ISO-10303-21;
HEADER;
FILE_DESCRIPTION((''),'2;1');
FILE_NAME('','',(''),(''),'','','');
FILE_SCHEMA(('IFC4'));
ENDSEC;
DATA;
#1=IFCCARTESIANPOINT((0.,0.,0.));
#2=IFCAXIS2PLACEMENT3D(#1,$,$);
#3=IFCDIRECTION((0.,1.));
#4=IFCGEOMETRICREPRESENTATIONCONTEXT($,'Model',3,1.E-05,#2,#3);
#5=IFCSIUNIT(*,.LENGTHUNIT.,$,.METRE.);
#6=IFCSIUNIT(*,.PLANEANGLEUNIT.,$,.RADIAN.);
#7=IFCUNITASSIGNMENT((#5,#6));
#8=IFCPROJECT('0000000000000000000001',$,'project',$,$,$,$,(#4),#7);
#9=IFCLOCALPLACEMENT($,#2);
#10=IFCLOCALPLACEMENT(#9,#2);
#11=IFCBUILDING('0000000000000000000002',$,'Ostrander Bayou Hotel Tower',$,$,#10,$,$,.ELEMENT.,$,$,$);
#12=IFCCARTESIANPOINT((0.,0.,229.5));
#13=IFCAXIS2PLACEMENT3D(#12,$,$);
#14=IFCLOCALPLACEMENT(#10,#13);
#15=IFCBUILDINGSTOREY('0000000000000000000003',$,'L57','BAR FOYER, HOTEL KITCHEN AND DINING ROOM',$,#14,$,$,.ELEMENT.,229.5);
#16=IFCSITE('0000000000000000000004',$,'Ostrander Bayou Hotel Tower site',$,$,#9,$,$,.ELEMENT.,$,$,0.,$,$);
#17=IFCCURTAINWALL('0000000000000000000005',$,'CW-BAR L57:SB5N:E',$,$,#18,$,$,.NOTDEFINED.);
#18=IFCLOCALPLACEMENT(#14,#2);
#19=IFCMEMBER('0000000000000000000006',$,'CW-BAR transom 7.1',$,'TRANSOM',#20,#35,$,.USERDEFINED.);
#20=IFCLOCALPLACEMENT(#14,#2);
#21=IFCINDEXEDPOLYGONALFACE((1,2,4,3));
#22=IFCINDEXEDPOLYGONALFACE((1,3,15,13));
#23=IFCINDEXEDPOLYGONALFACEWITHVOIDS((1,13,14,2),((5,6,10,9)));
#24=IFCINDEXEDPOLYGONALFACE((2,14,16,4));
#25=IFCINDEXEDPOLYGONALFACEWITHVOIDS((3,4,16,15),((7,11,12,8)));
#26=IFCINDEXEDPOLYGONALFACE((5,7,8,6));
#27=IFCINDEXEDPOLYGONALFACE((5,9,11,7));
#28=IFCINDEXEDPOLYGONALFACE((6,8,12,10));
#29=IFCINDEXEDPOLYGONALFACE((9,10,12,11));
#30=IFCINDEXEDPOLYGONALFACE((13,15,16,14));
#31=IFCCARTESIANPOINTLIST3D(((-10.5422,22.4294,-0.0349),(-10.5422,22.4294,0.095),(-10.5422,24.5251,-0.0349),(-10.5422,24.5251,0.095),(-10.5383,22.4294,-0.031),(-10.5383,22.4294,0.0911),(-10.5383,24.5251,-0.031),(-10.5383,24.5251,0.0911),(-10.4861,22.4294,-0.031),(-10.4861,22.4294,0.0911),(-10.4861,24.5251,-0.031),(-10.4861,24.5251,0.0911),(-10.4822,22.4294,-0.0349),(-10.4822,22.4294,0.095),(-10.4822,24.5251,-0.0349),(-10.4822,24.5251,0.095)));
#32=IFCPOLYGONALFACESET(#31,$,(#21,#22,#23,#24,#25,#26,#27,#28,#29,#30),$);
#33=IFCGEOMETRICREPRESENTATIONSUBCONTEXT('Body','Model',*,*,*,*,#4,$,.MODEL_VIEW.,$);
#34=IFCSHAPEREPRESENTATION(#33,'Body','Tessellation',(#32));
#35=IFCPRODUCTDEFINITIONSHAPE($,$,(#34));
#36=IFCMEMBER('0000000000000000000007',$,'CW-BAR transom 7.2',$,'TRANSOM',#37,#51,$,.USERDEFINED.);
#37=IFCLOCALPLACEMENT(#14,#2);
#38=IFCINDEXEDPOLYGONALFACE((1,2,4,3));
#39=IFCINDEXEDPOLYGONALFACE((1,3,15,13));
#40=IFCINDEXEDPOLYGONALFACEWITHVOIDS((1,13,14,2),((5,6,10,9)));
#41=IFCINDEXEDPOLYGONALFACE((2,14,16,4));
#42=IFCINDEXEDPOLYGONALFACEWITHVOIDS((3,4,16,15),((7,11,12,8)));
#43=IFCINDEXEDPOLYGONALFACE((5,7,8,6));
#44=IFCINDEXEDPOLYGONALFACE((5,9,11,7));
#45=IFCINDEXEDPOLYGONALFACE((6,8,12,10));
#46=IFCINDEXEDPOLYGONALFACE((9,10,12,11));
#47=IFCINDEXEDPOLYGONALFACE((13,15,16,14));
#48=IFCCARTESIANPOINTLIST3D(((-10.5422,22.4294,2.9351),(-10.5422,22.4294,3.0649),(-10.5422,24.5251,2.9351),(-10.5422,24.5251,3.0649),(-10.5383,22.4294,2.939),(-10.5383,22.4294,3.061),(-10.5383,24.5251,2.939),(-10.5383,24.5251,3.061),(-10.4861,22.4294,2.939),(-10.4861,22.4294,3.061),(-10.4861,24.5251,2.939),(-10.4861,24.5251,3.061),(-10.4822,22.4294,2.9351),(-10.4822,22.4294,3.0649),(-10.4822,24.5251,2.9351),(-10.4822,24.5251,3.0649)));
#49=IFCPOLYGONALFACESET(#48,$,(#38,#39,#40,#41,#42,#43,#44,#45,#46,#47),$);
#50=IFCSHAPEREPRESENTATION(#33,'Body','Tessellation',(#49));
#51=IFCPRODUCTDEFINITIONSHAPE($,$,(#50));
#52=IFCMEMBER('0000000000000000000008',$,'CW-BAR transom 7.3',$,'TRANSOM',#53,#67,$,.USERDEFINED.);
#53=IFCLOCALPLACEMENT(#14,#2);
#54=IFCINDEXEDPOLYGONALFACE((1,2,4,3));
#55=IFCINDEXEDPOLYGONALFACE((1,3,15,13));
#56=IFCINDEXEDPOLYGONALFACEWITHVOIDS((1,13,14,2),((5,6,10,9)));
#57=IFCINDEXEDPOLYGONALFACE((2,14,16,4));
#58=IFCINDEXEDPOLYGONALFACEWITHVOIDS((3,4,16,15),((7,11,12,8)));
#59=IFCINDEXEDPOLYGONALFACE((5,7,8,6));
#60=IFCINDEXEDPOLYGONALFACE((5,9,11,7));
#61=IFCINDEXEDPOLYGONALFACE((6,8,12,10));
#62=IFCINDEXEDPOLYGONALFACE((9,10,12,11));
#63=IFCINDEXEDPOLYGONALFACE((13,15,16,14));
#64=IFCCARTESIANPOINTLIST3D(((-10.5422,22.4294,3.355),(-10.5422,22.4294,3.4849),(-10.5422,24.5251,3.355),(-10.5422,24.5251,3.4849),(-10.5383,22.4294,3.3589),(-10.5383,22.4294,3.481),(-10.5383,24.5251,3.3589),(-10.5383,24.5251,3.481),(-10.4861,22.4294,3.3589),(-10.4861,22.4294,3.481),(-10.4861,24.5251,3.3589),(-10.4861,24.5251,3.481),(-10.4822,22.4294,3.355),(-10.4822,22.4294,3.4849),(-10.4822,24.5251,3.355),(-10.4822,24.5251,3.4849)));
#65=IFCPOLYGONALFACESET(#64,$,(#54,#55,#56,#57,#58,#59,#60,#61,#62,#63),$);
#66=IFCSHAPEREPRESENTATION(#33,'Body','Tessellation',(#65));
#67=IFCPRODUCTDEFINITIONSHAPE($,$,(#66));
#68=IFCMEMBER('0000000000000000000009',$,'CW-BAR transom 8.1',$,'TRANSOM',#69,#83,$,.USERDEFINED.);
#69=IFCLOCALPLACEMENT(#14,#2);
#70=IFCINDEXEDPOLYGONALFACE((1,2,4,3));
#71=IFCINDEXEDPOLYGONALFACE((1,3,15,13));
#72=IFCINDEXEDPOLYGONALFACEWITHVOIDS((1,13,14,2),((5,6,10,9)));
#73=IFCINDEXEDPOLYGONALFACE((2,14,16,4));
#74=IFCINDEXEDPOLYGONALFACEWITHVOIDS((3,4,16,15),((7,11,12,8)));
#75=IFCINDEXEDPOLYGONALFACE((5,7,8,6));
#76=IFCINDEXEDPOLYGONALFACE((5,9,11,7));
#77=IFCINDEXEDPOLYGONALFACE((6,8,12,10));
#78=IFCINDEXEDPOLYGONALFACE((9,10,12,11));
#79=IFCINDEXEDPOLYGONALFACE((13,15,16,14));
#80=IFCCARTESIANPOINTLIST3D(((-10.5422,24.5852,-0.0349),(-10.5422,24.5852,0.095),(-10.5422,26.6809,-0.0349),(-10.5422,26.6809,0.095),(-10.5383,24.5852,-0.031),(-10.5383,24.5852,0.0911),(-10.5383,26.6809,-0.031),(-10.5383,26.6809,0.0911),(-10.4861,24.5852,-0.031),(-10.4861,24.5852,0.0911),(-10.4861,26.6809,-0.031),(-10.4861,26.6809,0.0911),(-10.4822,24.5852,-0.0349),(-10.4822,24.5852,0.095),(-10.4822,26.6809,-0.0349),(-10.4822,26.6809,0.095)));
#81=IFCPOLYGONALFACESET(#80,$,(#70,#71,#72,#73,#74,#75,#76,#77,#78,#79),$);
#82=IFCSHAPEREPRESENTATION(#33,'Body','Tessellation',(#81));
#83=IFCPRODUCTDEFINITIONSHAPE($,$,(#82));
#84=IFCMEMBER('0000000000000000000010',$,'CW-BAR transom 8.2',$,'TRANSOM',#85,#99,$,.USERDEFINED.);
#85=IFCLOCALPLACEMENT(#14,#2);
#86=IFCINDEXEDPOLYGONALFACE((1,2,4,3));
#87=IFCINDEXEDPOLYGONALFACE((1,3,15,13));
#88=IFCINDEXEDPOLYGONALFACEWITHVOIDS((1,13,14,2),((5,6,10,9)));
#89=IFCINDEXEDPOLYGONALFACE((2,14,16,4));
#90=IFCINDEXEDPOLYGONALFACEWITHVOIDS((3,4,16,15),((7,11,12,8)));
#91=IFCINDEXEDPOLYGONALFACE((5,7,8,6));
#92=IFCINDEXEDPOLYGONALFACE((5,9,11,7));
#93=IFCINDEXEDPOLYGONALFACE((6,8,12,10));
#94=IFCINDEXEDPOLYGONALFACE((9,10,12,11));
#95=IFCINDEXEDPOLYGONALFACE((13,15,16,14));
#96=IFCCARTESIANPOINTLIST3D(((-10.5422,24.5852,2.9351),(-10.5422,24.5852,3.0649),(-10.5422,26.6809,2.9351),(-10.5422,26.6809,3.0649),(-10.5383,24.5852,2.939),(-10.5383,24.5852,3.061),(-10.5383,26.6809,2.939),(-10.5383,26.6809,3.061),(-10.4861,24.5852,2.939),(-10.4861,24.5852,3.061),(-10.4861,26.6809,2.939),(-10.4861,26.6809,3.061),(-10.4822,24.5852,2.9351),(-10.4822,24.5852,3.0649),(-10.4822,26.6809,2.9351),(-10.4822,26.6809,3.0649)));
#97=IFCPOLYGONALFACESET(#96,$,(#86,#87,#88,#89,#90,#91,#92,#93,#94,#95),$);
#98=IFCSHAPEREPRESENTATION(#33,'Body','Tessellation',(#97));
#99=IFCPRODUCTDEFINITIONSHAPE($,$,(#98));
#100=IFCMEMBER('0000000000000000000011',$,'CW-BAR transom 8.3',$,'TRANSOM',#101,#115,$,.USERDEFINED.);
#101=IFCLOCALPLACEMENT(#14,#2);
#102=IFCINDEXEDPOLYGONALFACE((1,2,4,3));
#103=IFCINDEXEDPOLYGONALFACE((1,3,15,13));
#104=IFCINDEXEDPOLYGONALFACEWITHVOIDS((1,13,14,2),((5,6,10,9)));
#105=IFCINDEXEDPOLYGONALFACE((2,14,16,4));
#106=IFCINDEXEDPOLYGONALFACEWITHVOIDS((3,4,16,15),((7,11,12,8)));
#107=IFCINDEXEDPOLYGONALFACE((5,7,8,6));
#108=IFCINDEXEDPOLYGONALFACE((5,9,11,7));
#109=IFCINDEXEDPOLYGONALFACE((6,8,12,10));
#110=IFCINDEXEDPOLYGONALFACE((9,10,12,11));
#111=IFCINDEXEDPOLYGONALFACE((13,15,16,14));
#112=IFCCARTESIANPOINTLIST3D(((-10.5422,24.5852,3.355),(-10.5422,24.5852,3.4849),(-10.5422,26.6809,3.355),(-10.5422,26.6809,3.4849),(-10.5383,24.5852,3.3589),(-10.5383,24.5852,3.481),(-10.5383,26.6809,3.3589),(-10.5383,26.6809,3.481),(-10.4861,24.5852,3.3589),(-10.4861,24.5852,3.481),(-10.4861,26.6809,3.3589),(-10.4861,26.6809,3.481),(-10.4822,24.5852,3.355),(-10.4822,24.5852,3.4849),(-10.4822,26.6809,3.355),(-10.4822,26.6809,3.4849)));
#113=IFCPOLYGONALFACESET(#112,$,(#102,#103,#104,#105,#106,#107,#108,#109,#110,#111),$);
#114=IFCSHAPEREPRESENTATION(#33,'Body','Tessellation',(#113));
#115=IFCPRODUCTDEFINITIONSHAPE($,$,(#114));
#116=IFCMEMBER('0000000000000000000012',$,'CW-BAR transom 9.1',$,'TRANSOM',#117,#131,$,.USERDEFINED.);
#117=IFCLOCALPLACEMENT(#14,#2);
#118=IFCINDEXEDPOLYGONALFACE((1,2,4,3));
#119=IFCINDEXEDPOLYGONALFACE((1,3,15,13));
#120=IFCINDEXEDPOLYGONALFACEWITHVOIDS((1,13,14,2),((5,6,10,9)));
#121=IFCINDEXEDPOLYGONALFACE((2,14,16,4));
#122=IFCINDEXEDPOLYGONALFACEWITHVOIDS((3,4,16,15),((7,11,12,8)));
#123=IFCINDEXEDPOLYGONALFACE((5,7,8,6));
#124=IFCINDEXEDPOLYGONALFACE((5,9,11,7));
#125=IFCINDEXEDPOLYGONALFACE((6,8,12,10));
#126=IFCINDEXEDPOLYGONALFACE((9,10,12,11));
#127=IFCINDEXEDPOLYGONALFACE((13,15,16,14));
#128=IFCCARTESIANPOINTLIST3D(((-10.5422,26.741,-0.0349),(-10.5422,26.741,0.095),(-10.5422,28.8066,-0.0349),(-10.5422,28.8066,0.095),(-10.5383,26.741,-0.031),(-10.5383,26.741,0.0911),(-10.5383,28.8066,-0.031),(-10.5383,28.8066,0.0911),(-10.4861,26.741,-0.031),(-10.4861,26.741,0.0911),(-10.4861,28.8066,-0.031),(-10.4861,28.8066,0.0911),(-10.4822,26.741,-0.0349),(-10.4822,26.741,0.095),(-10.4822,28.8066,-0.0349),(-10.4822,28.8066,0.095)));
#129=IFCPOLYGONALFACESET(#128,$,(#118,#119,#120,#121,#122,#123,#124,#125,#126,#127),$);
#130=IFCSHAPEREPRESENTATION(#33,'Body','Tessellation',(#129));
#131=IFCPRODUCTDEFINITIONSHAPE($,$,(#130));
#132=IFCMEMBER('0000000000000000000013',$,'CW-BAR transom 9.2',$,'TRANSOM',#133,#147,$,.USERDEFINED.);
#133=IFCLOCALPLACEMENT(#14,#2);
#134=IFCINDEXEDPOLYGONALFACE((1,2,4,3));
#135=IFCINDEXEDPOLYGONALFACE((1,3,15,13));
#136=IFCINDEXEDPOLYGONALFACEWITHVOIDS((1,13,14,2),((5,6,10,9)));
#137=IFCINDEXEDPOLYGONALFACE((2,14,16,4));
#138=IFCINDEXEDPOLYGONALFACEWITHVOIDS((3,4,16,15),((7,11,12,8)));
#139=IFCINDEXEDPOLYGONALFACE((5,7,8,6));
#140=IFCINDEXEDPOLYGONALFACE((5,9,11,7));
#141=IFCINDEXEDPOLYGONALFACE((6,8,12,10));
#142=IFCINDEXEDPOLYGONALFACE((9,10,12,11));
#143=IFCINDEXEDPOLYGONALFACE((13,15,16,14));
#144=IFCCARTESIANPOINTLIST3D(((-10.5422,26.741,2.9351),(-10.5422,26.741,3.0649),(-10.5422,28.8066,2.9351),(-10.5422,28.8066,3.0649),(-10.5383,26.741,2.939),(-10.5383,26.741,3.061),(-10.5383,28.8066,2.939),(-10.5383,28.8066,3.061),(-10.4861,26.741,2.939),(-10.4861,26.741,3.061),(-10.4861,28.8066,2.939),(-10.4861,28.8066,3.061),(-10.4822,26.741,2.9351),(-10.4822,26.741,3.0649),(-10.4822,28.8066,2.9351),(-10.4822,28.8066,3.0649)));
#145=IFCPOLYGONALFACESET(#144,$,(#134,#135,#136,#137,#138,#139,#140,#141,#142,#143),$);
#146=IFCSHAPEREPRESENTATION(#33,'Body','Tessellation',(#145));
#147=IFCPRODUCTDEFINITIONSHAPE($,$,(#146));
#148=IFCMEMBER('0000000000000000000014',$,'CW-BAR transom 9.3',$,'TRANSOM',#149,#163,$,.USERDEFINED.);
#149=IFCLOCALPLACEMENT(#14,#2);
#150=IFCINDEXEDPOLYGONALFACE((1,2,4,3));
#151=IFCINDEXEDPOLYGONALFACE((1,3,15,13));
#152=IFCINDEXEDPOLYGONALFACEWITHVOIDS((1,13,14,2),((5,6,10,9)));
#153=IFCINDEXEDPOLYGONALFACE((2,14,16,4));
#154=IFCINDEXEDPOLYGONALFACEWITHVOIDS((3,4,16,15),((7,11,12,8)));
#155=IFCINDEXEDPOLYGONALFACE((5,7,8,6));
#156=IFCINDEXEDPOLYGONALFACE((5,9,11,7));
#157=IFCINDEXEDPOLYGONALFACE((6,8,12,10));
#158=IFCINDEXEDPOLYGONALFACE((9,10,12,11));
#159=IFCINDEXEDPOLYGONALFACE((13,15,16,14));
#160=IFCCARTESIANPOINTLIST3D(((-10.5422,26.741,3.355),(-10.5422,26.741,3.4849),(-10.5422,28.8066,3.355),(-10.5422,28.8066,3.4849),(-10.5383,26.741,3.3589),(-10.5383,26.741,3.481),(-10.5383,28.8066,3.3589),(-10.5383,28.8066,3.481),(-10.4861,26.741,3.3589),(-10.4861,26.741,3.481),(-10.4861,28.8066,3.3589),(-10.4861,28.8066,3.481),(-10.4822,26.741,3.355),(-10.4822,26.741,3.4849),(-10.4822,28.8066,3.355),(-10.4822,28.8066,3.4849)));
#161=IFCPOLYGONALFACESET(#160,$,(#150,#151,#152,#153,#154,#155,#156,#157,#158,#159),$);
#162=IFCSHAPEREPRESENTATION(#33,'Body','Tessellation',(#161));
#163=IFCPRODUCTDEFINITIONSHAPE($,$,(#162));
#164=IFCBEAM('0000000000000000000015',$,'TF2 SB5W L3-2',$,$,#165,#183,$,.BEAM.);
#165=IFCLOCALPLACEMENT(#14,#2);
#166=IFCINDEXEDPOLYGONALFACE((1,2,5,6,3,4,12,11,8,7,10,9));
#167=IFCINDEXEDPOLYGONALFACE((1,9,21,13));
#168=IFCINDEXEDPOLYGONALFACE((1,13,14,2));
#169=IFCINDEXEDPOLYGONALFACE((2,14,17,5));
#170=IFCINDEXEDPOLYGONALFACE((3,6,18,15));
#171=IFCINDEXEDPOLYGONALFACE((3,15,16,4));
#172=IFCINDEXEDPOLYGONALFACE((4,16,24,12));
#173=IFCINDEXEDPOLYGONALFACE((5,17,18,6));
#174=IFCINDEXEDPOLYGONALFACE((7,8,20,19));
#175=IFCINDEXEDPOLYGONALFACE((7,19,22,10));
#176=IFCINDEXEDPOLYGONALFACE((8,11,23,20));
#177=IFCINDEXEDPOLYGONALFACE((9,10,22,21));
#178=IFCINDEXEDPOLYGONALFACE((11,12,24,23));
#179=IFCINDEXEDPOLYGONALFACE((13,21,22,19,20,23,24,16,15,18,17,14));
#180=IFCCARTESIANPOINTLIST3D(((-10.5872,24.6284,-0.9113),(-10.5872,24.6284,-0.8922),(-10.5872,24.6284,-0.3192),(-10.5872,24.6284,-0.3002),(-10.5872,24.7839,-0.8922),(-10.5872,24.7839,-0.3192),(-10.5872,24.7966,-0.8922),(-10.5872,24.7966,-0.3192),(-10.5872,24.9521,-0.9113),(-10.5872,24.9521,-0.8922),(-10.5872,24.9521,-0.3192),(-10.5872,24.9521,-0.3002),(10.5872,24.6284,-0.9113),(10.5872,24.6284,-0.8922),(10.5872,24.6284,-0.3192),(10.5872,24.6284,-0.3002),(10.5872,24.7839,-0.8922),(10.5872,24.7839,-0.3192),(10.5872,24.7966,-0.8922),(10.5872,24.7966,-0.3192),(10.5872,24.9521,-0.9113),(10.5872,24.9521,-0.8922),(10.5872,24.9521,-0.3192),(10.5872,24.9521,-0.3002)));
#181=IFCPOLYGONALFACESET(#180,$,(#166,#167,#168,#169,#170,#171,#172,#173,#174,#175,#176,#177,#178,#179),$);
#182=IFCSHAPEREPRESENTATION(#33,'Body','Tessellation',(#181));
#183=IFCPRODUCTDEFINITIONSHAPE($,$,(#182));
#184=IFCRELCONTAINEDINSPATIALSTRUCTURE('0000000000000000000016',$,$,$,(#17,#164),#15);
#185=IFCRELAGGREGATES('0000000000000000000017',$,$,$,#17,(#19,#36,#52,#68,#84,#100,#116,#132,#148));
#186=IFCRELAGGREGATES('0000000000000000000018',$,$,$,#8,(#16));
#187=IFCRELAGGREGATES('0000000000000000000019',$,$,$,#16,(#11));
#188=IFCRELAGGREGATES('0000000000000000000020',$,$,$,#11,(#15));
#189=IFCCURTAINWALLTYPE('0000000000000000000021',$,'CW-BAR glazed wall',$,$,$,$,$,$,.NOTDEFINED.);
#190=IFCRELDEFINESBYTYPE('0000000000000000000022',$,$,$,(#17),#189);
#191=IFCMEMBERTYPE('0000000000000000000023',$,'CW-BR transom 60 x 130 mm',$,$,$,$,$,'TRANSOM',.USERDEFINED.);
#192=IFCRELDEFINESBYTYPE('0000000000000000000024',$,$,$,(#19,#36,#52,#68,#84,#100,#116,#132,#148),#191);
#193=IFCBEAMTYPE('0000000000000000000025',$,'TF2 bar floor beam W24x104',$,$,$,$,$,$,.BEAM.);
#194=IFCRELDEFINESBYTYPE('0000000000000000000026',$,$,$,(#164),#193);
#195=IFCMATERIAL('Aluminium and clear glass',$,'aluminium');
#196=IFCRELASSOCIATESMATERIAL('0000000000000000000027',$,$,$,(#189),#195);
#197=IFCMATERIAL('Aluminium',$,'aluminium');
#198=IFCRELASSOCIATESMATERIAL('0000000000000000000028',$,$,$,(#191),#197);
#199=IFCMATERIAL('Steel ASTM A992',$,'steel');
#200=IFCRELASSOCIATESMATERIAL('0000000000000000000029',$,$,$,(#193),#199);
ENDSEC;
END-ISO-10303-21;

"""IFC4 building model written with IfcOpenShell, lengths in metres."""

from ifc_helpers import new_model, si_unit, direction, frame, origin, origin_2d, place, context, subcontext, project, spatial, hollow_rectangle, i_section, extrude, material, material_profile, profile_set, type_object, element, aggregate, save


model = new_model("IFC4")

# Units and contexts
model_context = context("Model", 3, precision=1e-05, world=origin(), true_north=direction((0.0, 1.0)))
body_context = subcontext(model_context, "Body", "Model", "MODEL_VIEW")
ifc_project = project(units=[si_unit("LENGTHUNIT", "METRE"), si_unit("PLANEANGLEUNIT", "RADIAN")], contexts=[model_context])

# Site, building, storey
site_placement = place(None, origin())
site = spatial("IfcSite", under=ifc_project, at=site_placement, Name="Ostrander Bayou Hotel Tower site", CompositionType="ELEMENT", RefElevation=0.0)
building_placement = place(site_placement, origin())
building = spatial("IfcBuilding", under=site, at=building_placement, Name="Ostrander Bayou Hotel Tower", CompositionType="ELEMENT")
storey_placement = place(building_placement, frame((0.0, 0.0, 229.5)))
storey = spatial("IfcBuildingStorey", under=building, at=storey_placement, Name="L57", Description="BAR FOYER, HOTEL KITCHEN AND DINING ROOM", CompositionType="ELEMENT", Elevation=229.5)

# Curtain wall, members
ifc_material_1 = material(Name="Aluminium and clear glass", Category="aluminium")
curtain_wall_type = type_object("IfcCurtainWallType", Name="CW-BAR glazed wall", PredefinedType="NOTDEFINED", material=ifc_material_1)
curtain_wall_placement = place(storey_placement, origin())
curtain_wall = element("IfcCurtainWall", 1, at=curtain_wall_placement, inside=storey, type_object=curtain_wall_type, Name="CW-BAR L57:SB5N:E", PredefinedType="NOTDEFINED")
ifc_material_2 = material(Name="Aluminium", Category="aluminium")
ifc_material_profile_1 = material_profile(ifc_material_2, hollow_rectangle(XDim=0.0601, YDim=0.1299, WallThickness=0.0039, at=origin_2d()))
ifc_profile_set_1 = profile_set([ifc_material_profile_1], Name="Aluminium")
member_type_1 = type_object("IfcMemberType", Name="CW-BR transom 60 x 130 mm", ElementType="TRANSOM", PredefinedType="USERDEFINED", material=ifc_profile_set_1)
member_1_placement = place(storey_placement, frame((-10.5122, 22.4294, 0.03), z_axis=(0.0, 1.0, 0.0), x_axis=(-1.0, 0.0, 0.0)))
member_1 = element("IfcMember", 2, at=member_1_placement, type_object=member_type_1, Name="CW-BAR transom 7.1", ObjectType="TRANSOM", PredefinedType="USERDEFINED", context=body_context, shape_type="SweptSolid", body=[
    extrude(hollow_rectangle(XDim=0.0601, YDim=0.1299, WallThickness=0.0039, at=origin_2d()), origin(), (0.0, 0.0, 1.0), 2.0957),
])
member_2_placement = place(storey_placement, frame((-10.5122, 22.4294, 3.0), z_axis=(0.0, 1.0, 0.0), x_axis=(-1.0, 0.0, 0.0)))
member_2 = element("IfcMember", 3, at=member_2_placement, type_object=member_type_1, Name="CW-BAR transom 7.2", ObjectType="TRANSOM", PredefinedType="USERDEFINED", context=body_context, shape_type="SweptSolid", body=[
    extrude(hollow_rectangle(XDim=0.0601, YDim=0.1299, WallThickness=0.0039, at=origin_2d()), origin(), (0.0, 0.0, 1.0), 2.0957),
])
member_3_placement = place(storey_placement, frame((-10.5122, 22.4294, 3.4199), z_axis=(0.0, 1.0, 0.0), x_axis=(-1.0, 0.0, 0.0)))
member_3 = element("IfcMember", 4, at=member_3_placement, type_object=member_type_1, Name="CW-BAR transom 7.3", ObjectType="TRANSOM", PredefinedType="USERDEFINED", context=body_context, shape_type="SweptSolid", body=[
    extrude(hollow_rectangle(XDim=0.0601, YDim=0.1299, WallThickness=0.0039, at=origin_2d()), origin(), (0.0, 0.0, 1.0), 2.0957),
])
member_4_placement = place(storey_placement, frame((-10.5122, 24.5852, 0.03), z_axis=(0.0, 1.0, 0.0), x_axis=(-1.0, 0.0, 0.0)))
member_4 = element("IfcMember", 5, at=member_4_placement, type_object=member_type_1, Name="CW-BAR transom 8.1", ObjectType="TRANSOM", PredefinedType="USERDEFINED", context=body_context, shape_type="SweptSolid", body=[
    extrude(hollow_rectangle(XDim=0.0601, YDim=0.1299, WallThickness=0.0039, at=origin_2d()), origin(), (0.0, 0.0, 1.0), 2.0957),
])
member_5_placement = place(storey_placement, frame((-10.5122, 24.5852, 3.0), z_axis=(0.0, 1.0, 0.0), x_axis=(-1.0, 0.0, 0.0)))
member_5 = element("IfcMember", 6, at=member_5_placement, type_object=member_type_1, Name="CW-BAR transom 8.2", ObjectType="TRANSOM", PredefinedType="USERDEFINED", context=body_context, shape_type="SweptSolid", body=[
    extrude(hollow_rectangle(XDim=0.0601, YDim=0.1299, WallThickness=0.0039, at=origin_2d()), origin(), (0.0, 0.0, 1.0), 2.0957),
])
member_6_placement = place(storey_placement, frame((-10.5122, 24.5852, 3.4199), z_axis=(0.0, 1.0, 0.0), x_axis=(-1.0, 0.0, 0.0)))
member_6 = element("IfcMember", 7, at=member_6_placement, type_object=member_type_1, Name="CW-BAR transom 8.3", ObjectType="TRANSOM", PredefinedType="USERDEFINED", context=body_context, shape_type="SweptSolid", body=[
    extrude(hollow_rectangle(XDim=0.0601, YDim=0.1299, WallThickness=0.0039, at=origin_2d()), origin(), (0.0, 0.0, 1.0), 2.0957),
])
member_7_placement = place(storey_placement, frame((-10.5122, 26.741, 0.03), z_axis=(0.0, 1.0, 0.0), x_axis=(-1.0, 0.0, 0.0)))
member_7 = element("IfcMember", 8, at=member_7_placement, type_object=member_type_1, Name="CW-BAR transom 9.1", ObjectType="TRANSOM", PredefinedType="USERDEFINED", context=body_context, shape_type="SweptSolid", body=[
    extrude(hollow_rectangle(XDim=0.0601, YDim=0.1299, WallThickness=0.0039, at=origin_2d()), origin(), (0.0, 0.0, 1.0), 2.0657),
])
member_8_placement = place(storey_placement, frame((-10.5122, 26.741, 3.0), z_axis=(0.0, 1.0, 0.0), x_axis=(-1.0, 0.0, 0.0)))
member_8 = element("IfcMember", 9, at=member_8_placement, type_object=member_type_1, Name="CW-BAR transom 9.2", ObjectType="TRANSOM", PredefinedType="USERDEFINED", context=body_context, shape_type="SweptSolid", body=[
    extrude(hollow_rectangle(XDim=0.0601, YDim=0.1299, WallThickness=0.0039, at=origin_2d()), origin(), (0.0, 0.0, 1.0), 2.0657),
])
member_9_placement = place(storey_placement, frame((-10.5122, 26.741, 3.4199), z_axis=(0.0, 1.0, 0.0), x_axis=(-1.0, 0.0, 0.0)))
member_9 = element("IfcMember", 10, at=member_9_placement, type_object=member_type_1, Name="CW-BAR transom 9.3", ObjectType="TRANSOM", PredefinedType="USERDEFINED", context=body_context, shape_type="SweptSolid", body=[
    extrude(hollow_rectangle(XDim=0.0601, YDim=0.1299, WallThickness=0.0039, at=origin_2d()), origin(), (0.0, 0.0, 1.0), 2.0657),
])

# Beam
ifc_material_3 = material(Name="Steel ASTM A992", Category="steel")
ifc_material_profile_2 = material_profile(ifc_material_3, i_section(OverallWidth=0.3237, OverallDepth=0.6111, WebThickness=0.0127, FlangeThickness=0.019, at=origin_2d()))
ifc_profile_set_2 = profile_set([ifc_material_profile_2], Name="Steel ASTM A992")
beam_type = type_object("IfcBeamType", Name="TF2 bar floor beam W24x104", PredefinedType="BEAM", material=ifc_profile_set_2)
for number, where, z_axis, x_axis, name in (
    (11, (-10.5872, 24.7903, -0.6057), (1.0, 0.0, 0.0), (0.0, 1.0, 0.0), "TF2 SB5W L3-2"),
):
    element("IfcBeam", number, at=place(storey_placement, frame(where, z_axis=z_axis, x_axis=x_axis)), inside=storey, type_object=beam_type, Name=name, PredefinedType="BEAM", context=body_context, shape_type="SweptSolid", body=[
        extrude(i_section(OverallWidth=0.3237, OverallDepth=0.6111, WebThickness=0.0127, FlangeThickness=0.019, at=origin_2d()), origin(), (0.0, 0.0, 1.0), 21.1743),
    ])

aggregate(curtain_wall, [member_1, member_2, member_3, member_4, member_5, member_6, member_7, member_8, member_9])

save(model, "model.ifc")
